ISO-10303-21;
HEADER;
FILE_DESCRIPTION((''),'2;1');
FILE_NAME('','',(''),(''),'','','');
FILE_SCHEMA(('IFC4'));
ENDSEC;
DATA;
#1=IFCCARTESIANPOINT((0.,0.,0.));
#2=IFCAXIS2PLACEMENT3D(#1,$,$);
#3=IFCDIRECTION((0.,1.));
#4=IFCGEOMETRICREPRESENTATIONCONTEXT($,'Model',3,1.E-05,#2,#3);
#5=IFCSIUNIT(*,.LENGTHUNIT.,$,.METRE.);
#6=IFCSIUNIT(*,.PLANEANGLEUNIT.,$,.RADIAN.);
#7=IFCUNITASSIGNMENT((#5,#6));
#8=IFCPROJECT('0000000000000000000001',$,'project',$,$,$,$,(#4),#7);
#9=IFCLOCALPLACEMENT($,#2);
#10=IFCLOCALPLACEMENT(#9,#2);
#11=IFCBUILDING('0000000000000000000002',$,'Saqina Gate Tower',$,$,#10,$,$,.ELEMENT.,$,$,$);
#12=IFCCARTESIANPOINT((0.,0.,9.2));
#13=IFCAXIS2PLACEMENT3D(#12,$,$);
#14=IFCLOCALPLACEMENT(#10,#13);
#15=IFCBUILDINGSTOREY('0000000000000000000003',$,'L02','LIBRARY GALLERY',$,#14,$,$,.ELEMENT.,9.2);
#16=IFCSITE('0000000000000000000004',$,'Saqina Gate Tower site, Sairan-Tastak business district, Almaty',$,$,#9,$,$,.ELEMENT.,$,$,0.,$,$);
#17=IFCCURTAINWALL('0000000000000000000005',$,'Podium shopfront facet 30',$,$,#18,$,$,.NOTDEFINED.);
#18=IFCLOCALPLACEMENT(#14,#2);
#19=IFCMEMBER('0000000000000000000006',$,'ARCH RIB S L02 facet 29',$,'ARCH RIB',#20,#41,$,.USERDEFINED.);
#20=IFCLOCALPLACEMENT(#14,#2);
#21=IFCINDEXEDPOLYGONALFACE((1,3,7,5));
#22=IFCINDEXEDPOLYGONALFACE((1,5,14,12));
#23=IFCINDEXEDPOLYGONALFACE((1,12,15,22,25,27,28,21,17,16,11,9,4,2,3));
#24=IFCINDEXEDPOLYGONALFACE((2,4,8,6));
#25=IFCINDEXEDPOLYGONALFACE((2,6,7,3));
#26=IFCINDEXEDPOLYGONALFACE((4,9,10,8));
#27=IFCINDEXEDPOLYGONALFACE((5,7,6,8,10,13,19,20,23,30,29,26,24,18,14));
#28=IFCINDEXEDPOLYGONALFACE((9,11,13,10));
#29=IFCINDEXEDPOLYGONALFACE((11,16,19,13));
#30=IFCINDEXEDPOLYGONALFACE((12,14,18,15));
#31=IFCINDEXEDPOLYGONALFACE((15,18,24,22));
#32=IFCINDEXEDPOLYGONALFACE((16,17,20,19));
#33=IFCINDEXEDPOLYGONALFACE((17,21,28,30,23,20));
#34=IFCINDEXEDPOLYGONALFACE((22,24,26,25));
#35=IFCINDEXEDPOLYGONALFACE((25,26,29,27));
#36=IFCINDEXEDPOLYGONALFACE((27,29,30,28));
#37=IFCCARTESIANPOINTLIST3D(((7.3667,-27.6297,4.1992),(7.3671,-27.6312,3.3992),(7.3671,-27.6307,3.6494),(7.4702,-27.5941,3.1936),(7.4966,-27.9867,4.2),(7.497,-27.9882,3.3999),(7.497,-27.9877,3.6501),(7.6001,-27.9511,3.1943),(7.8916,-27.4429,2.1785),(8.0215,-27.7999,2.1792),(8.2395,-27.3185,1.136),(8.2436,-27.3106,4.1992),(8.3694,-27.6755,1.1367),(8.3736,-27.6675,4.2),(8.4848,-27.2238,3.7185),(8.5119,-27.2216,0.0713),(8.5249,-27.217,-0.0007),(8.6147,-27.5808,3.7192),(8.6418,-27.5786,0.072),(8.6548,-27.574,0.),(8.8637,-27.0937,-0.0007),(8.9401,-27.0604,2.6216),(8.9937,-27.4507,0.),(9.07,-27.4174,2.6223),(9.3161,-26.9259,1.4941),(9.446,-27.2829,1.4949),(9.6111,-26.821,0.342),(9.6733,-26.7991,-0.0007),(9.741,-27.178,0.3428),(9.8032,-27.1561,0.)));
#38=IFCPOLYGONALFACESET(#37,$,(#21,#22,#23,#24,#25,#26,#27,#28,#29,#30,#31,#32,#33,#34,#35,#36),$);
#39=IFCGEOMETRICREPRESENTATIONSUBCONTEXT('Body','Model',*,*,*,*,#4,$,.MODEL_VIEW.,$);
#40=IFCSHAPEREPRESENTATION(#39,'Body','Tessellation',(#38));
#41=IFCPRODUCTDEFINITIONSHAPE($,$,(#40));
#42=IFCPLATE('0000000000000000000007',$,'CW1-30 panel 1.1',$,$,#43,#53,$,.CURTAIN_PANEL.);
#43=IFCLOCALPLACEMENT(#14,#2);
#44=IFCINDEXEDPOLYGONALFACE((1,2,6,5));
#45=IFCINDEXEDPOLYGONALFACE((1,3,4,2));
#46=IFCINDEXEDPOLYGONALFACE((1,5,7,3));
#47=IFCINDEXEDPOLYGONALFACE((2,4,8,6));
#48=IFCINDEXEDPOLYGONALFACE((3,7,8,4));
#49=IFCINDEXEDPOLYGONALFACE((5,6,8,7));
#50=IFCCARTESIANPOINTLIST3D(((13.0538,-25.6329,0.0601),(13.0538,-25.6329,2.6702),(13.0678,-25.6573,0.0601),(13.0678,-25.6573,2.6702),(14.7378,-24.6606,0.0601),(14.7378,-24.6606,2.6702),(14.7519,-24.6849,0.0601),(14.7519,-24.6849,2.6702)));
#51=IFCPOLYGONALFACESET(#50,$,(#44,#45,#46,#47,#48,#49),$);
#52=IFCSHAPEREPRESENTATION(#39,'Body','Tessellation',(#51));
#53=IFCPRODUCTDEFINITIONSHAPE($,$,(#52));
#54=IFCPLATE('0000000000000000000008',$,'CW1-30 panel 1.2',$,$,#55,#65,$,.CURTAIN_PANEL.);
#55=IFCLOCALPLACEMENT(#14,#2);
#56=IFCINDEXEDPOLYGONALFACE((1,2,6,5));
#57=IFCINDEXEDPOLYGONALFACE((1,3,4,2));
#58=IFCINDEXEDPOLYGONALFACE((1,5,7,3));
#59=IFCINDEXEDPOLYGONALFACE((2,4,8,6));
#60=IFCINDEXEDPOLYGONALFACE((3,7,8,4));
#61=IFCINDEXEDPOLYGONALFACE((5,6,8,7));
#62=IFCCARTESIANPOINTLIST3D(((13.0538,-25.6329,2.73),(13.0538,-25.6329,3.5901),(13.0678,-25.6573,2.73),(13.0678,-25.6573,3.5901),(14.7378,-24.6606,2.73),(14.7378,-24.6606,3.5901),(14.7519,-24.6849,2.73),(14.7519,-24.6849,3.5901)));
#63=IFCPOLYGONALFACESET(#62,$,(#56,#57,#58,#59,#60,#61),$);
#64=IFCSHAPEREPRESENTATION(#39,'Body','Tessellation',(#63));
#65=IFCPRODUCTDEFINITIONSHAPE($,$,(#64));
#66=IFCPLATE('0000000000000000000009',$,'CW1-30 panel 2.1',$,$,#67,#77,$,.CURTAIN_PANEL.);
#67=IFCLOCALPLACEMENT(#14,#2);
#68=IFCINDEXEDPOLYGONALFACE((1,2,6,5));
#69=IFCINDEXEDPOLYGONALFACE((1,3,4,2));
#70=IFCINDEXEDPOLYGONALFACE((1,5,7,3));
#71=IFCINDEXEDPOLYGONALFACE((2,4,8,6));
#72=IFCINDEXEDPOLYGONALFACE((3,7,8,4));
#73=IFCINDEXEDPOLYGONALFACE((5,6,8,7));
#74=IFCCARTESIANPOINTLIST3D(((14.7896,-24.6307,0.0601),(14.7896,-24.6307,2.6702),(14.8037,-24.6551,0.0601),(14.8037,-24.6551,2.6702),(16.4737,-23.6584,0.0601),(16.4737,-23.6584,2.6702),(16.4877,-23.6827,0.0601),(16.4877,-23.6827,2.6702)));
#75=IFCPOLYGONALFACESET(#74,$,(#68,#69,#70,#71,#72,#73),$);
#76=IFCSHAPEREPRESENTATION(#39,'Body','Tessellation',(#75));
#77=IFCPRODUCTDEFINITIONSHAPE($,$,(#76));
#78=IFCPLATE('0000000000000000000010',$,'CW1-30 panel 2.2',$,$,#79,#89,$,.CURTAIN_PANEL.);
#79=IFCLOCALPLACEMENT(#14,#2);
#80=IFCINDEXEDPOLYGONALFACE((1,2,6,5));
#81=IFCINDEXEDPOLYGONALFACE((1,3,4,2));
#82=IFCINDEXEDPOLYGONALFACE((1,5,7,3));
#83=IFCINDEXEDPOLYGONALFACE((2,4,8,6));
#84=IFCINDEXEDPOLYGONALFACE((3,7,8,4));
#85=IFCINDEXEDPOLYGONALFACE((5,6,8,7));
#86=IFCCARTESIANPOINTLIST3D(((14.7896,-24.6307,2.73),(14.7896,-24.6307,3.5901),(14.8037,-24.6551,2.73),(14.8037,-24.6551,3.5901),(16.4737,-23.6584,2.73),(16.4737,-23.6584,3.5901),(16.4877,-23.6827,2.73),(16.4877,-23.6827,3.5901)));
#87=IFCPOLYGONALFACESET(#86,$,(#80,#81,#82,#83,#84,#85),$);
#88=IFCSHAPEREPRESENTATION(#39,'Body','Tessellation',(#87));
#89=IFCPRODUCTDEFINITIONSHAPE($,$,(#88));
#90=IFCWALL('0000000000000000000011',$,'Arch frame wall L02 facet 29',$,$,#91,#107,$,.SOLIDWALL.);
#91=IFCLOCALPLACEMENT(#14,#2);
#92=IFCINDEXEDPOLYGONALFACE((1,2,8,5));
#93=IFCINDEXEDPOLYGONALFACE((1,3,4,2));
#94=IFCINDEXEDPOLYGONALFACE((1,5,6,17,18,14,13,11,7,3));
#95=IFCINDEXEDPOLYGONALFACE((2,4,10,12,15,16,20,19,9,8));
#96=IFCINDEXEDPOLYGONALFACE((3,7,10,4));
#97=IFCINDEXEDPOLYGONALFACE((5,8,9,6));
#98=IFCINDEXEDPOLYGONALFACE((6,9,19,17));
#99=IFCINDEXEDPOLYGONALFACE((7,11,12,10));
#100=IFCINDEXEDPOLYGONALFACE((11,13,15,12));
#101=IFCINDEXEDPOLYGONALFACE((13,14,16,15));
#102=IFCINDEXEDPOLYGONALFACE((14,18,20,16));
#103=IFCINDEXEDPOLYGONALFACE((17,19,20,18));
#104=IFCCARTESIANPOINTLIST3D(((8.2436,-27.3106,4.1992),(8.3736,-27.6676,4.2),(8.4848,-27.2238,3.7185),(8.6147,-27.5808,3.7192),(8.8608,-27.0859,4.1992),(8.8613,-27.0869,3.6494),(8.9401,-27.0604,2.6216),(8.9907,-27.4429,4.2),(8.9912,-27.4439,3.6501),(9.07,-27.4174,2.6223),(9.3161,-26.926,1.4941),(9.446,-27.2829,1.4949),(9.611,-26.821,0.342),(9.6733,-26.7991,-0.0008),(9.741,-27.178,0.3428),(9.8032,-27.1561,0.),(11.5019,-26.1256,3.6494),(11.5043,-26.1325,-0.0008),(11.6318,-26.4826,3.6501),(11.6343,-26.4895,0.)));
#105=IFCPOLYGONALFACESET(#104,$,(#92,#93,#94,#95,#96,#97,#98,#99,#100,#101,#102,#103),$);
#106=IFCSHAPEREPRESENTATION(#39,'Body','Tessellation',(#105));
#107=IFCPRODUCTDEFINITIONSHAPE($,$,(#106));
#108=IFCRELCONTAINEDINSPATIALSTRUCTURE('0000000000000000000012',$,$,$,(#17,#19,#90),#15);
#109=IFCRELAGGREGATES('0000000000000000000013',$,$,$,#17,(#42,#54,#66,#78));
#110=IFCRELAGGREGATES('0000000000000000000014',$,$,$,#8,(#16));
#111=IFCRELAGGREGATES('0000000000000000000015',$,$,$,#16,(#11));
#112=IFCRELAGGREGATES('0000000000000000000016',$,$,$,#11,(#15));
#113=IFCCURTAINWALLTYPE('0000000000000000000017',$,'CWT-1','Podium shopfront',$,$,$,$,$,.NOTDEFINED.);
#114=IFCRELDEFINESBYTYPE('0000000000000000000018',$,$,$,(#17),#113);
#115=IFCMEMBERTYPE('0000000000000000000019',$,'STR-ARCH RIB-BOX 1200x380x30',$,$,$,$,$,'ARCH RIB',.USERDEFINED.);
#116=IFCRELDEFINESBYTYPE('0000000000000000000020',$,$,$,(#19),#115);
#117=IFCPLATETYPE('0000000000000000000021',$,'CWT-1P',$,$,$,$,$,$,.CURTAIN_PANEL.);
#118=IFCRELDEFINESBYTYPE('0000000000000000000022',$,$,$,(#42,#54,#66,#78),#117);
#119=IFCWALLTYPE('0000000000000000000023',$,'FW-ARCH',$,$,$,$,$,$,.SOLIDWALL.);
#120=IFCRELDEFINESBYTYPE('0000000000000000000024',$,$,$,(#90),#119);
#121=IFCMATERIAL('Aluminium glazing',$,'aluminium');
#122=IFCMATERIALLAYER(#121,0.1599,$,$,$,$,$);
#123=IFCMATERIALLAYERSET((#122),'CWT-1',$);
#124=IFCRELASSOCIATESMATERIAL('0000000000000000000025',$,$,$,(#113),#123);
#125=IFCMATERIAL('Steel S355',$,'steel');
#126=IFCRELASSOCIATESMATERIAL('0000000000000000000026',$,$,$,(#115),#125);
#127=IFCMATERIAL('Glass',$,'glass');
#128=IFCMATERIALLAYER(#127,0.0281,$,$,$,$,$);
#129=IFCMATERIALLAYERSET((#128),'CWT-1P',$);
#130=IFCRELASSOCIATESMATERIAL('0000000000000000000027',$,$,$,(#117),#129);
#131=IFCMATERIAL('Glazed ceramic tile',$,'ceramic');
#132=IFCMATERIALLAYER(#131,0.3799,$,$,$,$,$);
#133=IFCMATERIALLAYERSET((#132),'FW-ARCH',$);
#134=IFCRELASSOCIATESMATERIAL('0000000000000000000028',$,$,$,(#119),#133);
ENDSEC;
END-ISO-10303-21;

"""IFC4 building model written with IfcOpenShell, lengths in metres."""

from ifc_helpers import new_model, si_unit, direction, frame, origin, origin_2d, place, context, subcontext, project, spatial, polyline, rectangle, hollow_rectangle, outline, extrude, material, layer, layer_set, material_profile, profile_set, type_object, element, aggregate, save


model = new_model("IFC4")

# Units and contexts
model_context = context("Model", 3, precision=1e-05, world=origin(), true_north=direction((0.0, 1.0)))
body_context = subcontext(model_context, "Body", "Model", "MODEL_VIEW")
ifc_project = project(units=[si_unit("LENGTHUNIT", "METRE"), si_unit("PLANEANGLEUNIT", "RADIAN")], contexts=[model_context])

# Site, building, storey
site_placement = place(None, origin())
site = spatial("IfcSite", under=ifc_project, at=site_placement, Name="Saqina Gate Tower site, Sairan-Tastak business district, Almaty", CompositionType="ELEMENT", RefElevation=0.0)
building_placement = place(site_placement, origin())
building = spatial("IfcBuilding", under=site, at=building_placement, Name="Saqina Gate Tower", CompositionType="ELEMENT")
storey_placement = place(building_placement, frame((0.0, 0.0, 9.2)))
storey = spatial("IfcBuildingStorey", under=building, at=storey_placement, Name="L02", Description="LIBRARY GALLERY", CompositionType="ELEMENT", Elevation=9.2)

# Curtain wall
ifc_material_1 = material(Name="Aluminium glazing", Category="aluminium")
ifc_layer_1 = layer(ifc_material_1, 0.1599)
ifc_layer_set_1 = layer_set([ifc_layer_1], Name="CWT-1")
curtain_wall_type = type_object("IfcCurtainWallType", Name="CWT-1", Description="Podium shopfront", PredefinedType="NOTDEFINED", material=ifc_layer_set_1)
curtain_wall_1_placement = place(storey_placement, origin())
curtain_wall_1 = element("IfcCurtainWall", 1, at=curtain_wall_1_placement, inside=storey, type_object=curtain_wall_type, Name="Podium shopfront facet 30", PredefinedType="NOTDEFINED")

# Member
ifc_material_2 = material(Name="Steel S355", Category="steel")
ifc_material_profile_1 = material_profile(ifc_material_2, hollow_rectangle(XDim=1.2, YDim=0.3799, WallThickness=0.03, at=origin_2d()), Name="BOX 1200x380x30")
ifc_profile_set_1 = profile_set([ifc_material_profile_1], Name="Steel S355")
member_type_1 = type_object("IfcMemberType", Name="STR-ARCH RIB-BOX 1200x380x30", ElementType="ARCH RIB", PredefinedType="USERDEFINED", material=ifc_profile_set_1)
member_1_placement = place(storey_placement, frame((8.9937, -27.4507, 0.0), z_axis=(0.34196, -0.939712, 0.00197), x_axis=(-0.939714, -0.341961, 0.0)))
element("IfcMember", 2, at=member_1_placement, inside=storey, type_object=member_type_1, Name="ARCH RIB S L02 facet 29", ObjectType="ARCH RIB", PredefinedType="USERDEFINED", context=body_context, shape_type="SweptSolid", body=[
    extrude(outline(polyline([(0.0, 0.0), (0.3606, 0.0), (0.3743, -0.072), (0.6635, -1.1367), (1.0329, -2.1792), (1.4807, -3.1943), (1.5902, -3.3999), (1.59, -3.6502), (1.5901, -4.2), (0.6569, -4.2), (0.4006, -3.7192), (-0.0832, -2.6223), (-0.4825, -1.4949), (-0.7955, -0.3428), (-0.8615, 0.0), (0.0, 0.0)])), origin(), (0.0, 0.0, -1.0), 0.3799),
])

# Plates
ifc_material_3 = material(Name="Glass", Category="glass")
ifc_layer_2 = layer(ifc_material_3, 0.0281)
ifc_layer_set_2 = layer_set([ifc_layer_2], Name="CWT-1P")
plate_type = type_object("IfcPlateType", Name="CWT-1P", PredefinedType="CURTAIN_PANEL", material=ifc_layer_set_2)
plate_1_placement = place(storey_placement, frame((13.9028, -25.1589, 0.0601), z_axis=(0.0, 0.0, 1.0), x_axis=(0.866017, 0.500014, 0.0)))
plate_1 = element("IfcPlate", 3, at=plate_1_placement, type_object=plate_type, Name="CW1-30 panel 1.1", PredefinedType="CURTAIN_PANEL", context=body_context, shape_type="SweptSolid", body=[
    extrude(rectangle(XDim=1.9446, YDim=0.0281, at=origin_2d()), origin(), (0.0, 0.0, 1.0), 2.6101),
])
plate_2_placement = place(storey_placement, frame((13.9028, -25.1589, 2.73), z_axis=(0.0, 0.0, 1.0), x_axis=(0.866017, 0.500014, 0.0)))
plate_2 = element("IfcPlate", 4, at=plate_2_placement, type_object=plate_type, Name="CW1-30 panel 1.2", PredefinedType="CURTAIN_PANEL", context=body_context, shape_type="SweptSolid", body=[
    extrude(rectangle(XDim=1.9446, YDim=0.0281, at=origin_2d()), origin(), (0.0, 0.0, 1.0), 0.8601),
])
plate_3_placement = place(storey_placement, frame((15.6387, -24.1567, 0.0601), z_axis=(0.0, 0.0, 1.0), x_axis=(0.866017, 0.500014, 0.0)))
plate_3 = element("IfcPlate", 5, at=plate_3_placement, type_object=plate_type, Name="CW1-30 panel 2.1", PredefinedType="CURTAIN_PANEL", context=body_context, shape_type="SweptSolid", body=[
    extrude(rectangle(XDim=1.9446, YDim=0.0281, at=origin_2d()), origin(), (0.0, 0.0, 1.0), 2.6101),
])
plate_4_placement = place(storey_placement, frame((15.6387, -24.1567, 2.73), z_axis=(0.0, 0.0, 1.0), x_axis=(0.866017, 0.500014, 0.0)))
plate_4 = element("IfcPlate", 6, at=plate_4_placement, type_object=plate_type, Name="CW1-30 panel 2.2", PredefinedType="CURTAIN_PANEL", context=body_context, shape_type="SweptSolid", body=[
    extrude(rectangle(XDim=1.9446, YDim=0.0281, at=origin_2d()), origin(), (0.0, 0.0, 1.0), 0.8601),
])
aggregate(curtain_wall_1, [plate_1, plate_2, plate_3, plate_4])

# Wall
ifc_material_4 = material(Name="Glazed ceramic tile", Category="ceramic")
ifc_layer_3 = layer(ifc_material_4, 0.3799)
ifc_layer_set_3 = layer_set([ifc_layer_3], Name="FW-ARCH")
wall_type_1 = type_object("IfcWallType", Name="FW-ARCH", PredefinedType="SOLIDWALL", material=ifc_layer_set_3)
wall_1_placement = place(storey_placement, frame((11.6343, -26.4895, 0.0), z_axis=(0.342079, -0.939669, 0.002004), x_axis=(-0.939671, -0.342079, 0.0)))
element("IfcWall", 7, at=wall_1_placement, inside=storey, type_object=wall_type_1, Name="Arch frame wall L02 facet 29", PredefinedType="SOLIDWALL", context=body_context, shape_type="SweptSolid", body=[
    extrude(outline(polyline([(0.0, 0.0), (1.9486, 0.0), (2.0146, -0.3428), (2.3276, -1.4949), (2.727, -2.6223), (3.2107, -3.7192), (3.467, -4.2), (2.8102, -4.2), (2.8101, -3.6502), (0.0, -3.6502), (0.0, 0.0)])), origin(), (0.0, 0.0, -1.0), 0.3799),
])

save(model, "model.ifc")
